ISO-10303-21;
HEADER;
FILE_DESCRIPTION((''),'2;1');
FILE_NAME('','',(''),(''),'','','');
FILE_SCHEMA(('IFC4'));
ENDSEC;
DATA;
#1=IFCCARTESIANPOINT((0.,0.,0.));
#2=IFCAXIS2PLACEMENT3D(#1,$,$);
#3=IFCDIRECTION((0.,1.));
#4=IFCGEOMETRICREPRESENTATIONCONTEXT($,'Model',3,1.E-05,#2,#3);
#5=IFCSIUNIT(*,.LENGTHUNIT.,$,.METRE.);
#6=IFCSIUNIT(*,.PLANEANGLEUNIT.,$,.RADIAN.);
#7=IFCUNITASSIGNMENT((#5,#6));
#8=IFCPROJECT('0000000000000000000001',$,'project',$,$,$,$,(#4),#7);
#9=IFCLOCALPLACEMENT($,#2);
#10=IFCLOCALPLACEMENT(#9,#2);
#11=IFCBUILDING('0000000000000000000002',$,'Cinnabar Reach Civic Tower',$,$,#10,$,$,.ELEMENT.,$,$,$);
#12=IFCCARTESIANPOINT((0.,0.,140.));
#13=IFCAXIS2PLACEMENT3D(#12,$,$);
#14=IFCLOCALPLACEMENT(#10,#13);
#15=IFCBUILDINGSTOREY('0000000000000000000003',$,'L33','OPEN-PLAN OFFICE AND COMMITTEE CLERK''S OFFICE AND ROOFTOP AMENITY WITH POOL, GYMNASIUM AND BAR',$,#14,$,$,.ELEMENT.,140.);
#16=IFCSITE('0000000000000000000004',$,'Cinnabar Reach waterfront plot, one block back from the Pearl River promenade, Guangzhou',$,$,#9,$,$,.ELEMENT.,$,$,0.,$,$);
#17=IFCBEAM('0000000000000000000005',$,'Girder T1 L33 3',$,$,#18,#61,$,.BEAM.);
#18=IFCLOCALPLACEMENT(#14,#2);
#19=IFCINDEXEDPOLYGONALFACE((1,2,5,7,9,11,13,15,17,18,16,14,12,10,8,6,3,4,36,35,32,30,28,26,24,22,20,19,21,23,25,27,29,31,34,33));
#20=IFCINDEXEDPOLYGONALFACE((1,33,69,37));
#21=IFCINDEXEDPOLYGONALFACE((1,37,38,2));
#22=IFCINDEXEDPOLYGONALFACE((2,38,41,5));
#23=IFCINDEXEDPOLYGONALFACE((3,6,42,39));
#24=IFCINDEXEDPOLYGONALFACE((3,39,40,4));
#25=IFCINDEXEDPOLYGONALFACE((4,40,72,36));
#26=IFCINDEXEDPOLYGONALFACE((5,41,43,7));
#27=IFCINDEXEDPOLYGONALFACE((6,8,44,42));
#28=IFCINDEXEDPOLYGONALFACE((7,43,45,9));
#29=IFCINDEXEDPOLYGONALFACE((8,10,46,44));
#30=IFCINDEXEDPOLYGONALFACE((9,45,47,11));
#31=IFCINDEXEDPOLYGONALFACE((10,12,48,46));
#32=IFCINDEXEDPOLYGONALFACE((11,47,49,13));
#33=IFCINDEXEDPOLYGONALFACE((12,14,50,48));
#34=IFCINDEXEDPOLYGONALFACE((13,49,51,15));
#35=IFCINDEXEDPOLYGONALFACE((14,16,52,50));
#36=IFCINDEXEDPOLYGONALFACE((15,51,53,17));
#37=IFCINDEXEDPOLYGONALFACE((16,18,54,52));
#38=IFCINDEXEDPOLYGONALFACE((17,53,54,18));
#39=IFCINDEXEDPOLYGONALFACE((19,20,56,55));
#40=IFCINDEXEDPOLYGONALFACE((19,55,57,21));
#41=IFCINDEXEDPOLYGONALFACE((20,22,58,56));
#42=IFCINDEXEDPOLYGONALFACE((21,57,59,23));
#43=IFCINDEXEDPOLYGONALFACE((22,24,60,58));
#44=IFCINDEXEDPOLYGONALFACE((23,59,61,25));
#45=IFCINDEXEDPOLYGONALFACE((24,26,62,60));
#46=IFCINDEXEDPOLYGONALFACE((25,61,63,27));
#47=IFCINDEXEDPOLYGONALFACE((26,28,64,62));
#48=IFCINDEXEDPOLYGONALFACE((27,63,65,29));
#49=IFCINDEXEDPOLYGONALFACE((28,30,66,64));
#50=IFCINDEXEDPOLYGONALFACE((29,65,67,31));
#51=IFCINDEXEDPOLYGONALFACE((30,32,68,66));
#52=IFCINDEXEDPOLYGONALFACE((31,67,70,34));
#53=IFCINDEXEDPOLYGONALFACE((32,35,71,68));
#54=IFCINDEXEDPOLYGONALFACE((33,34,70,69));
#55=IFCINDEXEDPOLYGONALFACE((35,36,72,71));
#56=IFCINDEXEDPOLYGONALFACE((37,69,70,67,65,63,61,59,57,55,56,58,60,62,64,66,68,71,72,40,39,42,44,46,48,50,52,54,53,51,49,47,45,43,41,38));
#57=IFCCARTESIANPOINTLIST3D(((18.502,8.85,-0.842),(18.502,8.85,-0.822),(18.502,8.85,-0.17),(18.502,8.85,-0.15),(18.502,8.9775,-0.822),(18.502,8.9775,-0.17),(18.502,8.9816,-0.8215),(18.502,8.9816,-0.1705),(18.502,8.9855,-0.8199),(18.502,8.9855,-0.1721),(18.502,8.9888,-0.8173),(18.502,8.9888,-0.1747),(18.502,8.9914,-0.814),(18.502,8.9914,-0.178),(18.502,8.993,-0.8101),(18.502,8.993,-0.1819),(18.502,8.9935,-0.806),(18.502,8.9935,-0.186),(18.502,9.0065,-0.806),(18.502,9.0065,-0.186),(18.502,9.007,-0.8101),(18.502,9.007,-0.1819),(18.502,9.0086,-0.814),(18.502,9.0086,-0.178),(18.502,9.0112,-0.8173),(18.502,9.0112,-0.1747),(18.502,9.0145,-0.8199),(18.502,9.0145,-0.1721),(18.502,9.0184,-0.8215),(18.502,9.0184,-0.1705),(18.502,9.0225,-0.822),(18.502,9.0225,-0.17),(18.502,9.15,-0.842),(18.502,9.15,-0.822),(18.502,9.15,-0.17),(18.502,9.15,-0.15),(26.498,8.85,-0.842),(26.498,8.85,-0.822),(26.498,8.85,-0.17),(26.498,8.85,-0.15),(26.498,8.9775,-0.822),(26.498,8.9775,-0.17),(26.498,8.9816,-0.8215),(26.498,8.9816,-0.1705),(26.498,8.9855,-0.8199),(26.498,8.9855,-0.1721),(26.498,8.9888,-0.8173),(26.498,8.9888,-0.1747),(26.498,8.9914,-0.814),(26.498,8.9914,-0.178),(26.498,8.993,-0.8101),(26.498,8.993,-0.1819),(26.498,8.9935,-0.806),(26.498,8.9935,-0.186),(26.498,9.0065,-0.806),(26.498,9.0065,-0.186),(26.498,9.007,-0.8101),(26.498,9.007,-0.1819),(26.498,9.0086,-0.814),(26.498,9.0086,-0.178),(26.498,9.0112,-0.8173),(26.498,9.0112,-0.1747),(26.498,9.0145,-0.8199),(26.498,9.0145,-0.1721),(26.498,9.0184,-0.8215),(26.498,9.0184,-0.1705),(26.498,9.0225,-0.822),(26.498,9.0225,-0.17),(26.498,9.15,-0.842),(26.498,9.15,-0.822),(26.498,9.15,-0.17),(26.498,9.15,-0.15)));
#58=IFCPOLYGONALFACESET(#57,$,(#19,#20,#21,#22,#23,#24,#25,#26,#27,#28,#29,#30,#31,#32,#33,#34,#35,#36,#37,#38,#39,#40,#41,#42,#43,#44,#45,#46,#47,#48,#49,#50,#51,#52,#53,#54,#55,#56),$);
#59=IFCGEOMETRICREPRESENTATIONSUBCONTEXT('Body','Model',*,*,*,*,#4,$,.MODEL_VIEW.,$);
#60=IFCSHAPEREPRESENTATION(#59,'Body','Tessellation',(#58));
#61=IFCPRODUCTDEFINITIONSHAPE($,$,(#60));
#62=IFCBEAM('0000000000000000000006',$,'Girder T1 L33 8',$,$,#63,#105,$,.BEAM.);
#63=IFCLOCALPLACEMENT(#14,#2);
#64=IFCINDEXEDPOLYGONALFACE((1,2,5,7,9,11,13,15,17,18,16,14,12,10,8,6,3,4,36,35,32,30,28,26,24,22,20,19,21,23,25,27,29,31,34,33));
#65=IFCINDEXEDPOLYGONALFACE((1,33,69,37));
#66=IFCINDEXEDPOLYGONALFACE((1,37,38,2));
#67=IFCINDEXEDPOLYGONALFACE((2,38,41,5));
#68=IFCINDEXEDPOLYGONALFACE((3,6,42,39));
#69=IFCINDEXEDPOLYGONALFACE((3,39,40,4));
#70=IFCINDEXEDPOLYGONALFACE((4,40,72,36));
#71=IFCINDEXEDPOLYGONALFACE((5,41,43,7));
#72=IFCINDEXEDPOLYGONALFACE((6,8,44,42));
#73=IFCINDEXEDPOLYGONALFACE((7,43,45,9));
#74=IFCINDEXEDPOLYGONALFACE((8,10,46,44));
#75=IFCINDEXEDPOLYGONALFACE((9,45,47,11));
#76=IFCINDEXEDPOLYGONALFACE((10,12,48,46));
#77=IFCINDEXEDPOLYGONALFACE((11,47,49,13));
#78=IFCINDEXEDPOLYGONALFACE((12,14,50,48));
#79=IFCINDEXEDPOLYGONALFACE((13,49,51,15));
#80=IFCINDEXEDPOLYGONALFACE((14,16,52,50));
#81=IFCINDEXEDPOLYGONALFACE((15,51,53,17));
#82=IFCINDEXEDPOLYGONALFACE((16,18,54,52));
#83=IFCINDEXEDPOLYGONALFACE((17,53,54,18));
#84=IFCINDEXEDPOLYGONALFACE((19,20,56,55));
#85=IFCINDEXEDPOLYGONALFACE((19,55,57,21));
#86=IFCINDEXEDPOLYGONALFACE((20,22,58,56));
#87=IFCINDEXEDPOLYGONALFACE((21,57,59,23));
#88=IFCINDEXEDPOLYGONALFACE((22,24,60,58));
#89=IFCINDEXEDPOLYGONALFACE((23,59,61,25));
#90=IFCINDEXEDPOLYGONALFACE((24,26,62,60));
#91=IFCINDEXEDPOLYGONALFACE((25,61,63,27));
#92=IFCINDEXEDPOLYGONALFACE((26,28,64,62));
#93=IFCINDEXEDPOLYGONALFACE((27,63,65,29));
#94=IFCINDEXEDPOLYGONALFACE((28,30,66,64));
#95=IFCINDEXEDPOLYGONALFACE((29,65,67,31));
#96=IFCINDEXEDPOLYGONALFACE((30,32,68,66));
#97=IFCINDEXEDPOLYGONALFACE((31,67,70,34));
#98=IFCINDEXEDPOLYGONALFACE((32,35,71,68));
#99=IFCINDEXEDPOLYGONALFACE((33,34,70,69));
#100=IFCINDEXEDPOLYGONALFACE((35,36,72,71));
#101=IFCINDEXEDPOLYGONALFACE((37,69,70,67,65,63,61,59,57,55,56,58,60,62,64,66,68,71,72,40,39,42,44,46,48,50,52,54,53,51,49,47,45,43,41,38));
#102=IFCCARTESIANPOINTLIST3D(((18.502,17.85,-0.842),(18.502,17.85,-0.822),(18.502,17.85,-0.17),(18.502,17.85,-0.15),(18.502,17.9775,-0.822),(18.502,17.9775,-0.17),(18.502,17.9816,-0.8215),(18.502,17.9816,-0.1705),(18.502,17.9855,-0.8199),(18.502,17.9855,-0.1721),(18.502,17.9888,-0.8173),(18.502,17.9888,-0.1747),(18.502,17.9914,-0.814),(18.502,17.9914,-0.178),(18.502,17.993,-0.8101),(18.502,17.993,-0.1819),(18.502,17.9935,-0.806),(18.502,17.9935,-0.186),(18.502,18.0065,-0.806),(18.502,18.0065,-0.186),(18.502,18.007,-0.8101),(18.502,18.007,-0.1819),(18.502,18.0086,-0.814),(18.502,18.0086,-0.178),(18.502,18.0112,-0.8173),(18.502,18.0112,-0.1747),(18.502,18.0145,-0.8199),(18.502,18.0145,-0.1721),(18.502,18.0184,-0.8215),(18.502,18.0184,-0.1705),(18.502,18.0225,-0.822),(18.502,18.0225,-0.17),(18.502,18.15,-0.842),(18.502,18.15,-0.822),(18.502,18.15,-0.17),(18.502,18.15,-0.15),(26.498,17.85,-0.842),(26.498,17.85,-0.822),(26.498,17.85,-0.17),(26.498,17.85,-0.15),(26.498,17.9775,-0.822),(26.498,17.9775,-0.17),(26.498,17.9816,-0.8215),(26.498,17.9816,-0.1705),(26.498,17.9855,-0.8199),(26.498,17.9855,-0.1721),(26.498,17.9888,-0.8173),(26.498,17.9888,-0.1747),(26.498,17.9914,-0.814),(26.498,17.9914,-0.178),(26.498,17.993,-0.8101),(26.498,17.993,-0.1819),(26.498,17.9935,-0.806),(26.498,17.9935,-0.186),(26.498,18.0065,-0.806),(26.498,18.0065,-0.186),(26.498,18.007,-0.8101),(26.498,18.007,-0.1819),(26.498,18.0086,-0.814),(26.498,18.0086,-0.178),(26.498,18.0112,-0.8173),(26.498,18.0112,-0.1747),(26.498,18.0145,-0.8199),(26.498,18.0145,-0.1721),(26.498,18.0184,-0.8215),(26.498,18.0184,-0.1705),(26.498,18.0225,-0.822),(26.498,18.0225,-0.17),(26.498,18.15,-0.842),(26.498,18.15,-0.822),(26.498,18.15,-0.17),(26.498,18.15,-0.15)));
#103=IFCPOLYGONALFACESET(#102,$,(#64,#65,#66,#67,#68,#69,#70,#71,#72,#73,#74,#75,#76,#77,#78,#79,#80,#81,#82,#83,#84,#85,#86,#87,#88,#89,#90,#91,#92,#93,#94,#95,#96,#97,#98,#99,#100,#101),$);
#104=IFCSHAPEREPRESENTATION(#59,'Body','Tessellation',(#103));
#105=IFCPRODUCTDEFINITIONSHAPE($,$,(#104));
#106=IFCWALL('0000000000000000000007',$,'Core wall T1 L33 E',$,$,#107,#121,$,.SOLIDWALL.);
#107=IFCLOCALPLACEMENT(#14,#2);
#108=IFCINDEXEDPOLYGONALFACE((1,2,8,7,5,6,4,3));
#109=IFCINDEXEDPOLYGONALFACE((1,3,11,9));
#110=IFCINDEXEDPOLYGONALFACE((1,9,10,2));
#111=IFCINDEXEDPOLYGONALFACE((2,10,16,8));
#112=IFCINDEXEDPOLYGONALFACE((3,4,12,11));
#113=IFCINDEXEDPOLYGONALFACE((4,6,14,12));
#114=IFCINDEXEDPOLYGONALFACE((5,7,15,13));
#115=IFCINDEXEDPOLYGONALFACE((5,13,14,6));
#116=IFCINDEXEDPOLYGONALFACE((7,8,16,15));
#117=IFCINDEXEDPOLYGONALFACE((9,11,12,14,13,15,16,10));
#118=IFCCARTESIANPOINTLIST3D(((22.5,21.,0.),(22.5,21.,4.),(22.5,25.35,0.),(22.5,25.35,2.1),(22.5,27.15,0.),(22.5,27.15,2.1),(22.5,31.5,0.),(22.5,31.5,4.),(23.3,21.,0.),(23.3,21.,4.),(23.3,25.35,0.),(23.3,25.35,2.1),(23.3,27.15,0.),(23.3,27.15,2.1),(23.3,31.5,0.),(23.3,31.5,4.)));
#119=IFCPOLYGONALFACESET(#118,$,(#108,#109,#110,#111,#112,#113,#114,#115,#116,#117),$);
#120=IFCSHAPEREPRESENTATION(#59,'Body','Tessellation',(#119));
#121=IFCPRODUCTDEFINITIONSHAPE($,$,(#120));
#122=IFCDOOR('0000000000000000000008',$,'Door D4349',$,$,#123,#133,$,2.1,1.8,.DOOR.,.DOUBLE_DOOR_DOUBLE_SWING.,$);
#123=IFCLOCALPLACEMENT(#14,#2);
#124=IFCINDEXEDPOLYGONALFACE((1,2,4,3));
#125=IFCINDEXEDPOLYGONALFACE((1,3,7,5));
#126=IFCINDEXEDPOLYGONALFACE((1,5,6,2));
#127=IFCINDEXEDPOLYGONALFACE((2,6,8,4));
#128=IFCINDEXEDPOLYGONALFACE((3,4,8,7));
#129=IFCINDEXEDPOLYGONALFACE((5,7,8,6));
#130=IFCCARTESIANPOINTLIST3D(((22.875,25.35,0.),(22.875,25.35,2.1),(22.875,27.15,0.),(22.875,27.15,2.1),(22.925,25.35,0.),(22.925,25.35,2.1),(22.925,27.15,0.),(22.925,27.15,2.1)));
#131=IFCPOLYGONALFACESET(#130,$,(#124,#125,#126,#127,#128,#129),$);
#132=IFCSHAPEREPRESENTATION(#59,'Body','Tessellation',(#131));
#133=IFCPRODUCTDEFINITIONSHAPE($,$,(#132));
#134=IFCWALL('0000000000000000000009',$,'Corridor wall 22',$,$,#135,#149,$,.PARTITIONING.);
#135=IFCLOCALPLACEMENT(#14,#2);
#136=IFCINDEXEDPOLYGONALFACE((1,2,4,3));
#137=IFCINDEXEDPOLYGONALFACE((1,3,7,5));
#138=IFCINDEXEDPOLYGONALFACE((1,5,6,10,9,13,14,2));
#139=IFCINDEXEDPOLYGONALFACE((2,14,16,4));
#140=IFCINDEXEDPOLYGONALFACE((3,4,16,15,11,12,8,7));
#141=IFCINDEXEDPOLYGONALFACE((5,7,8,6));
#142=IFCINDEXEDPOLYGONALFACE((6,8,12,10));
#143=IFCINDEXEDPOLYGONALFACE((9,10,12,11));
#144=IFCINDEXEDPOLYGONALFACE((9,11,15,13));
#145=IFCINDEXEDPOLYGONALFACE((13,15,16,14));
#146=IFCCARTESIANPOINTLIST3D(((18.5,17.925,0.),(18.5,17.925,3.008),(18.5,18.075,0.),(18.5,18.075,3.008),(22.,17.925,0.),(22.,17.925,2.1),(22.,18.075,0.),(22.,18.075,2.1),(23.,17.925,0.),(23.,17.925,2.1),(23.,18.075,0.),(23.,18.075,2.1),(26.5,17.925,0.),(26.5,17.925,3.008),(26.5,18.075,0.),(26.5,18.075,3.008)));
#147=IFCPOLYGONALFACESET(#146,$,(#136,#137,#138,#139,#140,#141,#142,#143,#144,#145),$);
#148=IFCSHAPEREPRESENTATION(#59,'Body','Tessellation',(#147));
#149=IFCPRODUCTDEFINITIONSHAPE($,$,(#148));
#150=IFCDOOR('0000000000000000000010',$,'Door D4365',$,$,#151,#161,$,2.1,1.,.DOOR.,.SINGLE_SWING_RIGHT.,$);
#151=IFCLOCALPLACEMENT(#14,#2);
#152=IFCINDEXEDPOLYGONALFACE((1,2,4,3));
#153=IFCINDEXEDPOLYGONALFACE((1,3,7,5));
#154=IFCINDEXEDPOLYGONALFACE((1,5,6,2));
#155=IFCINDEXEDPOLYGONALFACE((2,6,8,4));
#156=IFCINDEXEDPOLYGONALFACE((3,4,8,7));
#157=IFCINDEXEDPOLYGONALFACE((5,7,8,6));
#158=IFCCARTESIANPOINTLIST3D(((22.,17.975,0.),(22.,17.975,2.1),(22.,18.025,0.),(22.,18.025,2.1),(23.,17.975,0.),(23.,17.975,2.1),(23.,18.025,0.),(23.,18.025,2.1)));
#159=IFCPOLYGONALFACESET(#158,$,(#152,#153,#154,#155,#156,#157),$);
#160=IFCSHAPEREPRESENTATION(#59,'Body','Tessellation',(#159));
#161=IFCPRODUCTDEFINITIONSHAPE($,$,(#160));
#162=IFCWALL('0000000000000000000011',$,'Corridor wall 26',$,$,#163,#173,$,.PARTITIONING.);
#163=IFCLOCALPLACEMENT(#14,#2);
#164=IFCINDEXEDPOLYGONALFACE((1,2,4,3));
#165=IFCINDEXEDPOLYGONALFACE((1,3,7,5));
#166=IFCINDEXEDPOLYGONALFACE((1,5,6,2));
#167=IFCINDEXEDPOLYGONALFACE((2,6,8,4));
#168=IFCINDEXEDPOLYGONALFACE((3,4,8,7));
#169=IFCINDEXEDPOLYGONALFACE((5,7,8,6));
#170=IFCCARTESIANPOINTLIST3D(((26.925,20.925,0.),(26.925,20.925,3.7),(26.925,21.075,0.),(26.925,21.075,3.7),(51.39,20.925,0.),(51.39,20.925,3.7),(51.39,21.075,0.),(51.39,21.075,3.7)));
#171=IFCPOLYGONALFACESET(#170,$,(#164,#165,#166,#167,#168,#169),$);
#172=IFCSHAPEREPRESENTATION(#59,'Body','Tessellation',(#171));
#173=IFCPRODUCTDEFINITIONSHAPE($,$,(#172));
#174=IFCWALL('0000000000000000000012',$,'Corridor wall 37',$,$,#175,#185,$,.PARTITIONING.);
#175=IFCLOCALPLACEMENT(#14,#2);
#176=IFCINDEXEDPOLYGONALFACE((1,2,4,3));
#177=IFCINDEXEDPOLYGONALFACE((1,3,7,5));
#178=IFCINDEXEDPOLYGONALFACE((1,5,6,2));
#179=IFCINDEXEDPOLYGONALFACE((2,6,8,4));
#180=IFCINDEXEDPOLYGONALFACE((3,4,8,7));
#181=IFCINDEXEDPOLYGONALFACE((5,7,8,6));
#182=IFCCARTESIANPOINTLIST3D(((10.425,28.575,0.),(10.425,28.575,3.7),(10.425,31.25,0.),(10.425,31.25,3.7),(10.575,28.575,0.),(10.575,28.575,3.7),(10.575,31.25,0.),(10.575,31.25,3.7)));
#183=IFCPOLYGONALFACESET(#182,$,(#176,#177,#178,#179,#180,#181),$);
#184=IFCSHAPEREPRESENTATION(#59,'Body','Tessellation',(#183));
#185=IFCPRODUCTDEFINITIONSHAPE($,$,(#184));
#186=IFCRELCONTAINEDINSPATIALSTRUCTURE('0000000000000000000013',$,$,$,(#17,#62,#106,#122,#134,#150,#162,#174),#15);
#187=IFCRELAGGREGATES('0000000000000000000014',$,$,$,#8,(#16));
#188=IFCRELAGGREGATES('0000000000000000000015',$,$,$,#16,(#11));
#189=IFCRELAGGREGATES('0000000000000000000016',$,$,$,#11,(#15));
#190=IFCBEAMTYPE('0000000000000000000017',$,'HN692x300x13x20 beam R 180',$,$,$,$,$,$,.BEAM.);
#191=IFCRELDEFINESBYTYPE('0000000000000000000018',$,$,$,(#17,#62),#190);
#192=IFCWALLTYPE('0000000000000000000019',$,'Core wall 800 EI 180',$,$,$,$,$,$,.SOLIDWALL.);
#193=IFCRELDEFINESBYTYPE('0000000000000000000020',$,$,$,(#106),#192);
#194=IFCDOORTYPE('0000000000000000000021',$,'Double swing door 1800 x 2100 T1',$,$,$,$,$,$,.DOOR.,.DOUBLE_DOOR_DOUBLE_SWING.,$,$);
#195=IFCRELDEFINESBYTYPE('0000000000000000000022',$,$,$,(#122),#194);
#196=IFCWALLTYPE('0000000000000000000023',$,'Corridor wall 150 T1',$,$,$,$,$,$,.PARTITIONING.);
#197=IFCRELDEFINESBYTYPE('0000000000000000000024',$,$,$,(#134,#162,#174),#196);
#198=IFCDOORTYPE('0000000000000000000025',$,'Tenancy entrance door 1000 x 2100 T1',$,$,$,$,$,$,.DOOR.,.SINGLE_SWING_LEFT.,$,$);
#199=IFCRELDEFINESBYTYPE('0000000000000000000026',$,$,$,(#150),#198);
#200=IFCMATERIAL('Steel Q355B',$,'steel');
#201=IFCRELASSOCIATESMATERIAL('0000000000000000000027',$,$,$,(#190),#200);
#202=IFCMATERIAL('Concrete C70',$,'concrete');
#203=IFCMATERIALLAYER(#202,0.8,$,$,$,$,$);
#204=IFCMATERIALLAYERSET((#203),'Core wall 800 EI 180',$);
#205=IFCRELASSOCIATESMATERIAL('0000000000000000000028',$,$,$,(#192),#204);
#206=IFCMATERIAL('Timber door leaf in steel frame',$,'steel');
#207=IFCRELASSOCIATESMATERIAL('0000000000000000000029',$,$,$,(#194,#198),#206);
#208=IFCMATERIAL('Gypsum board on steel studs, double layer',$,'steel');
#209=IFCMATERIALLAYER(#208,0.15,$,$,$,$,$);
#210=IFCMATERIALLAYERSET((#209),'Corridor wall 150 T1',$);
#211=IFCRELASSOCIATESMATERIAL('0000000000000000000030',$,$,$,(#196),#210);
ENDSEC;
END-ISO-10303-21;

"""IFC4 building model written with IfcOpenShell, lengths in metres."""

from ifc_helpers import new_model, si_unit, direction, frame, frame_2d, origin, origin_2d, place, context, subcontext, project, spatial, rectangle, i_section, extrude, material, layer, layer_set, material_profile, profile_set, type_object, element, fill, save


model = new_model("IFC4")

# Units and contexts
model_context = context("Model", 3, precision=1e-05, world=origin(), true_north=direction((0.0, 1.0)))
body_context = subcontext(model_context, "Body", "Model", "MODEL_VIEW")
ifc_project = project(units=[si_unit("LENGTHUNIT", "METRE"), si_unit("PLANEANGLEUNIT", "RADIAN")], contexts=[model_context])

# Site, building, storey
site_placement = place(None, origin())
site = spatial("IfcSite", under=ifc_project, at=site_placement, Name="Cinnabar Reach waterfront plot, one block back from the Pearl River promenade, Guangzhou", CompositionType="ELEMENT", RefElevation=0.0)
building_placement = place(site_placement, origin())
building = spatial("IfcBuilding", under=site, at=building_placement, Name="Cinnabar Reach Civic Tower", CompositionType="ELEMENT")
storey_placement = place(building_placement, frame((0.0, 0.0, 140.0)))
storey = spatial("IfcBuildingStorey", under=building, at=storey_placement, Name="L33", Description="OPEN-PLAN OFFICE AND COMMITTEE CLERK'S OFFICE AND ROOFTOP AMENITY WITH POOL, GYMNASIUM AND BAR", CompositionType="ELEMENT", Elevation=140.0)

# Shared definitions
ifc_material_1 = material(Name="Concrete C70", Category="concrete")

# Beams
ifc_material_2 = material(Name="Steel Q355B", Category="steel")
ifc_material_profile_1 = material_profile(ifc_material_2, i_section(OverallWidth=0.3, OverallDepth=0.692, WebThickness=0.013, FlangeThickness=0.02, FilletRadius=0.016, at=origin_2d()), Name="HN692x300x13x20")
ifc_profile_set_1 = profile_set([ifc_material_profile_1], Name="Steel Q355B")
beam_type_1 = type_object("IfcBeamType", Name="HN692x300x13x20 beam R 180", PredefinedType="BEAM", material=ifc_profile_set_1)
for number, where, z_axis, x_axis, name in (
    (1, (18.502, 9.0, -0.496), (1.0, 0.0, 0.0), (0.0, 1.0, 0.0), "Girder T1 L33 3"),
    (2, (18.502, 18.0, -0.496), (1.0, 0.0, 0.0), (0.0, 1.0, 0.0), "Girder T1 L33 8"),
):
    element("IfcBeam", number, at=place(storey_placement, frame(where, z_axis=z_axis, x_axis=x_axis)), inside=storey, type_object=beam_type_1, Name=name, PredefinedType="BEAM", context=body_context, shape_type="SweptSolid", body=[
        extrude(i_section(OverallWidth=0.3, OverallDepth=0.692, WebThickness=0.013, FlangeThickness=0.02, FilletRadius=0.016, at=origin_2d()), origin(), (0.0, 0.0, 1.0), 7.996),
    ])

# Walls, openings, doors
ifc_layer_1 = layer(ifc_material_1, 0.8)
ifc_layer_set_1 = layer_set([ifc_layer_1], Name="Core wall 800 EI 180")
wall_type_1 = type_object("IfcWallType", Name="Core wall 800 EI 180", PredefinedType="SOLIDWALL", material=ifc_layer_set_1)
wall_1_placement = place(storey_placement, frame((22.9, 21.0, 0.0), z_axis=(0.0, 0.0, 1.0), x_axis=(0.0, 1.0, 0.0)))
wall_1 = element("IfcWall", 3, at=wall_1_placement, inside=storey, type_object=wall_type_1, Name="Core wall T1 L33 E", PredefinedType="SOLIDWALL", context=body_context, shape_type="SweptSolid", body=[
    extrude(rectangle(XDim=10.5, YDim=0.8, at=frame_2d((5.25, 0.0))), origin(), (0.0, 0.0, 1.0), 4.0),
])
opening_1_placement = place(wall_1_placement, frame((4.35, 0.0, 0.0)))
opening_1 = element("IfcOpeningElement", 4, at=opening_1_placement, cuts=wall_1, PredefinedType="OPENING", context=body_context, shape_type="SweptSolid", body=[
    extrude(rectangle(XDim=1.8, YDim=2.1, at=frame_2d((0.9, 1.05))), frame((0.0, 0.41, 0.0), z_axis=(0.0, -1.0, 0.0), x_axis=(1.0, 0.0, 0.0)), (0.0, 0.0, 1.0), 0.82),
])
ifc_material_3 = material(Name="Timber door leaf in steel frame", Category="steel")
door_type_1 = type_object("IfcDoorType", Name="Double swing door 1800 x 2100 T1", OperationType="DOUBLE_DOOR_DOUBLE_SWING", PredefinedType="DOOR", material=ifc_material_3)
door_1_placement = place(opening_1_placement, origin())
door_1 = element("IfcDoor", 5, at=door_1_placement, inside=storey, type_object=door_type_1, Name="Door D4349", OperationType="DOUBLE_DOOR_DOUBLE_SWING", OverallHeight=2.1, OverallWidth=1.8, PredefinedType="DOOR", context=body_context, shape_type="SweptSolid", body=[
    extrude(rectangle(XDim=1.8, YDim=2.1, at=frame_2d((0.9, 1.05))), frame((0.0, 0.025, 0.0), z_axis=(0.0, -1.0, 0.0), x_axis=(1.0, 0.0, 0.0)), (0.0, 0.0, 1.0), 0.05),
])
fill(opening_1, door_1)
ifc_material_4 = material(Name="Gypsum board on steel studs, double layer", Category="steel")
ifc_layer_2 = layer(ifc_material_4, 0.15)
ifc_layer_set_2 = layer_set([ifc_layer_2], Name="Corridor wall 150 T1")
wall_type_2 = type_object("IfcWallType", Name="Corridor wall 150 T1", PredefinedType="PARTITIONING", material=ifc_layer_set_2)
wall_2_placement = place(storey_placement, frame((18.5, 18.0, 0.0), z_axis=(0.0, 0.0, 1.0), x_axis=(1.0, 0.0, 0.0)))
wall_2 = element("IfcWall", 6, at=wall_2_placement, inside=storey, type_object=wall_type_2, Name="Corridor wall 22", PredefinedType="PARTITIONING", context=body_context, shape_type="SweptSolid", body=[
    extrude(rectangle(XDim=8.0, YDim=0.15, at=frame_2d((4.0, 0.0))), origin(), (0.0, 0.0, 1.0), 3.008),
])
opening_2_placement = place(wall_2_placement, frame((3.5, 0.0, 0.0)))
opening_2 = element("IfcOpeningElement", 7, at=opening_2_placement, cuts=wall_2, PredefinedType="OPENING", context=body_context, shape_type="SweptSolid", body=[
    extrude(rectangle(XDim=1.0, YDim=2.1, at=frame_2d((0.5, 1.05))), frame((0.0, 0.085, 0.0), z_axis=(0.0, -1.0, 0.0), x_axis=(1.0, 0.0, 0.0)), (0.0, 0.0, 1.0), 0.17),
])
door_type_2 = type_object("IfcDoorType", Name="Tenancy entrance door 1000 x 2100 T1", OperationType="SINGLE_SWING_LEFT", PredefinedType="DOOR", material=ifc_material_3)
door_2_placement = place(opening_2_placement, frame((1.0, 0.0, 0.0), z_axis=(0.0, 0.0, 1.0), x_axis=(-1.0, 0.0, 0.0)))
door_2 = element("IfcDoor", 8, at=door_2_placement, inside=storey, type_object=door_type_2, Name="Door D4365", OperationType="SINGLE_SWING_RIGHT", OverallHeight=2.1, OverallWidth=1.0, PredefinedType="DOOR", context=body_context, shape_type="SweptSolid", body=[
    extrude(rectangle(XDim=1.0, YDim=2.1, at=frame_2d((0.5, 1.05))), frame((0.0, 0.025, 0.0), z_axis=(0.0, -1.0, 0.0), x_axis=(1.0, 0.0, 0.0)), (0.0, 0.0, 1.0), 0.05),
])
fill(opening_2, door_2)

# Walls
wall_3_placement = place(storey_placement, frame((26.925, 21.0, 0.0), z_axis=(0.0, 0.0, 1.0), x_axis=(1.0, 0.0, 0.0)))
element("IfcWall", 9, at=wall_3_placement, inside=storey, type_object=wall_type_2, Name="Corridor wall 26", PredefinedType="PARTITIONING", context=body_context, shape_type="SweptSolid", body=[
    extrude(rectangle(XDim=24.465, YDim=0.15, at=frame_2d((12.2325, 0.0))), origin(), (0.0, 0.0, 1.0), 3.7),
])
wall_4_placement = place(storey_placement, frame((10.5, 28.575, 0.0), z_axis=(0.0, 0.0, 1.0), x_axis=(0.0, 1.0, 0.0)))
element("IfcWall", 10, at=wall_4_placement, inside=storey, type_object=wall_type_2, Name="Corridor wall 37", PredefinedType="PARTITIONING", context=body_context, shape_type="SweptSolid", body=[
    extrude(rectangle(XDim=2.675, YDim=0.15, at=frame_2d((1.3375, 0.0))), origin(), (0.0, 0.0, 1.0), 3.7),
])

save(model, "model.ifc")
